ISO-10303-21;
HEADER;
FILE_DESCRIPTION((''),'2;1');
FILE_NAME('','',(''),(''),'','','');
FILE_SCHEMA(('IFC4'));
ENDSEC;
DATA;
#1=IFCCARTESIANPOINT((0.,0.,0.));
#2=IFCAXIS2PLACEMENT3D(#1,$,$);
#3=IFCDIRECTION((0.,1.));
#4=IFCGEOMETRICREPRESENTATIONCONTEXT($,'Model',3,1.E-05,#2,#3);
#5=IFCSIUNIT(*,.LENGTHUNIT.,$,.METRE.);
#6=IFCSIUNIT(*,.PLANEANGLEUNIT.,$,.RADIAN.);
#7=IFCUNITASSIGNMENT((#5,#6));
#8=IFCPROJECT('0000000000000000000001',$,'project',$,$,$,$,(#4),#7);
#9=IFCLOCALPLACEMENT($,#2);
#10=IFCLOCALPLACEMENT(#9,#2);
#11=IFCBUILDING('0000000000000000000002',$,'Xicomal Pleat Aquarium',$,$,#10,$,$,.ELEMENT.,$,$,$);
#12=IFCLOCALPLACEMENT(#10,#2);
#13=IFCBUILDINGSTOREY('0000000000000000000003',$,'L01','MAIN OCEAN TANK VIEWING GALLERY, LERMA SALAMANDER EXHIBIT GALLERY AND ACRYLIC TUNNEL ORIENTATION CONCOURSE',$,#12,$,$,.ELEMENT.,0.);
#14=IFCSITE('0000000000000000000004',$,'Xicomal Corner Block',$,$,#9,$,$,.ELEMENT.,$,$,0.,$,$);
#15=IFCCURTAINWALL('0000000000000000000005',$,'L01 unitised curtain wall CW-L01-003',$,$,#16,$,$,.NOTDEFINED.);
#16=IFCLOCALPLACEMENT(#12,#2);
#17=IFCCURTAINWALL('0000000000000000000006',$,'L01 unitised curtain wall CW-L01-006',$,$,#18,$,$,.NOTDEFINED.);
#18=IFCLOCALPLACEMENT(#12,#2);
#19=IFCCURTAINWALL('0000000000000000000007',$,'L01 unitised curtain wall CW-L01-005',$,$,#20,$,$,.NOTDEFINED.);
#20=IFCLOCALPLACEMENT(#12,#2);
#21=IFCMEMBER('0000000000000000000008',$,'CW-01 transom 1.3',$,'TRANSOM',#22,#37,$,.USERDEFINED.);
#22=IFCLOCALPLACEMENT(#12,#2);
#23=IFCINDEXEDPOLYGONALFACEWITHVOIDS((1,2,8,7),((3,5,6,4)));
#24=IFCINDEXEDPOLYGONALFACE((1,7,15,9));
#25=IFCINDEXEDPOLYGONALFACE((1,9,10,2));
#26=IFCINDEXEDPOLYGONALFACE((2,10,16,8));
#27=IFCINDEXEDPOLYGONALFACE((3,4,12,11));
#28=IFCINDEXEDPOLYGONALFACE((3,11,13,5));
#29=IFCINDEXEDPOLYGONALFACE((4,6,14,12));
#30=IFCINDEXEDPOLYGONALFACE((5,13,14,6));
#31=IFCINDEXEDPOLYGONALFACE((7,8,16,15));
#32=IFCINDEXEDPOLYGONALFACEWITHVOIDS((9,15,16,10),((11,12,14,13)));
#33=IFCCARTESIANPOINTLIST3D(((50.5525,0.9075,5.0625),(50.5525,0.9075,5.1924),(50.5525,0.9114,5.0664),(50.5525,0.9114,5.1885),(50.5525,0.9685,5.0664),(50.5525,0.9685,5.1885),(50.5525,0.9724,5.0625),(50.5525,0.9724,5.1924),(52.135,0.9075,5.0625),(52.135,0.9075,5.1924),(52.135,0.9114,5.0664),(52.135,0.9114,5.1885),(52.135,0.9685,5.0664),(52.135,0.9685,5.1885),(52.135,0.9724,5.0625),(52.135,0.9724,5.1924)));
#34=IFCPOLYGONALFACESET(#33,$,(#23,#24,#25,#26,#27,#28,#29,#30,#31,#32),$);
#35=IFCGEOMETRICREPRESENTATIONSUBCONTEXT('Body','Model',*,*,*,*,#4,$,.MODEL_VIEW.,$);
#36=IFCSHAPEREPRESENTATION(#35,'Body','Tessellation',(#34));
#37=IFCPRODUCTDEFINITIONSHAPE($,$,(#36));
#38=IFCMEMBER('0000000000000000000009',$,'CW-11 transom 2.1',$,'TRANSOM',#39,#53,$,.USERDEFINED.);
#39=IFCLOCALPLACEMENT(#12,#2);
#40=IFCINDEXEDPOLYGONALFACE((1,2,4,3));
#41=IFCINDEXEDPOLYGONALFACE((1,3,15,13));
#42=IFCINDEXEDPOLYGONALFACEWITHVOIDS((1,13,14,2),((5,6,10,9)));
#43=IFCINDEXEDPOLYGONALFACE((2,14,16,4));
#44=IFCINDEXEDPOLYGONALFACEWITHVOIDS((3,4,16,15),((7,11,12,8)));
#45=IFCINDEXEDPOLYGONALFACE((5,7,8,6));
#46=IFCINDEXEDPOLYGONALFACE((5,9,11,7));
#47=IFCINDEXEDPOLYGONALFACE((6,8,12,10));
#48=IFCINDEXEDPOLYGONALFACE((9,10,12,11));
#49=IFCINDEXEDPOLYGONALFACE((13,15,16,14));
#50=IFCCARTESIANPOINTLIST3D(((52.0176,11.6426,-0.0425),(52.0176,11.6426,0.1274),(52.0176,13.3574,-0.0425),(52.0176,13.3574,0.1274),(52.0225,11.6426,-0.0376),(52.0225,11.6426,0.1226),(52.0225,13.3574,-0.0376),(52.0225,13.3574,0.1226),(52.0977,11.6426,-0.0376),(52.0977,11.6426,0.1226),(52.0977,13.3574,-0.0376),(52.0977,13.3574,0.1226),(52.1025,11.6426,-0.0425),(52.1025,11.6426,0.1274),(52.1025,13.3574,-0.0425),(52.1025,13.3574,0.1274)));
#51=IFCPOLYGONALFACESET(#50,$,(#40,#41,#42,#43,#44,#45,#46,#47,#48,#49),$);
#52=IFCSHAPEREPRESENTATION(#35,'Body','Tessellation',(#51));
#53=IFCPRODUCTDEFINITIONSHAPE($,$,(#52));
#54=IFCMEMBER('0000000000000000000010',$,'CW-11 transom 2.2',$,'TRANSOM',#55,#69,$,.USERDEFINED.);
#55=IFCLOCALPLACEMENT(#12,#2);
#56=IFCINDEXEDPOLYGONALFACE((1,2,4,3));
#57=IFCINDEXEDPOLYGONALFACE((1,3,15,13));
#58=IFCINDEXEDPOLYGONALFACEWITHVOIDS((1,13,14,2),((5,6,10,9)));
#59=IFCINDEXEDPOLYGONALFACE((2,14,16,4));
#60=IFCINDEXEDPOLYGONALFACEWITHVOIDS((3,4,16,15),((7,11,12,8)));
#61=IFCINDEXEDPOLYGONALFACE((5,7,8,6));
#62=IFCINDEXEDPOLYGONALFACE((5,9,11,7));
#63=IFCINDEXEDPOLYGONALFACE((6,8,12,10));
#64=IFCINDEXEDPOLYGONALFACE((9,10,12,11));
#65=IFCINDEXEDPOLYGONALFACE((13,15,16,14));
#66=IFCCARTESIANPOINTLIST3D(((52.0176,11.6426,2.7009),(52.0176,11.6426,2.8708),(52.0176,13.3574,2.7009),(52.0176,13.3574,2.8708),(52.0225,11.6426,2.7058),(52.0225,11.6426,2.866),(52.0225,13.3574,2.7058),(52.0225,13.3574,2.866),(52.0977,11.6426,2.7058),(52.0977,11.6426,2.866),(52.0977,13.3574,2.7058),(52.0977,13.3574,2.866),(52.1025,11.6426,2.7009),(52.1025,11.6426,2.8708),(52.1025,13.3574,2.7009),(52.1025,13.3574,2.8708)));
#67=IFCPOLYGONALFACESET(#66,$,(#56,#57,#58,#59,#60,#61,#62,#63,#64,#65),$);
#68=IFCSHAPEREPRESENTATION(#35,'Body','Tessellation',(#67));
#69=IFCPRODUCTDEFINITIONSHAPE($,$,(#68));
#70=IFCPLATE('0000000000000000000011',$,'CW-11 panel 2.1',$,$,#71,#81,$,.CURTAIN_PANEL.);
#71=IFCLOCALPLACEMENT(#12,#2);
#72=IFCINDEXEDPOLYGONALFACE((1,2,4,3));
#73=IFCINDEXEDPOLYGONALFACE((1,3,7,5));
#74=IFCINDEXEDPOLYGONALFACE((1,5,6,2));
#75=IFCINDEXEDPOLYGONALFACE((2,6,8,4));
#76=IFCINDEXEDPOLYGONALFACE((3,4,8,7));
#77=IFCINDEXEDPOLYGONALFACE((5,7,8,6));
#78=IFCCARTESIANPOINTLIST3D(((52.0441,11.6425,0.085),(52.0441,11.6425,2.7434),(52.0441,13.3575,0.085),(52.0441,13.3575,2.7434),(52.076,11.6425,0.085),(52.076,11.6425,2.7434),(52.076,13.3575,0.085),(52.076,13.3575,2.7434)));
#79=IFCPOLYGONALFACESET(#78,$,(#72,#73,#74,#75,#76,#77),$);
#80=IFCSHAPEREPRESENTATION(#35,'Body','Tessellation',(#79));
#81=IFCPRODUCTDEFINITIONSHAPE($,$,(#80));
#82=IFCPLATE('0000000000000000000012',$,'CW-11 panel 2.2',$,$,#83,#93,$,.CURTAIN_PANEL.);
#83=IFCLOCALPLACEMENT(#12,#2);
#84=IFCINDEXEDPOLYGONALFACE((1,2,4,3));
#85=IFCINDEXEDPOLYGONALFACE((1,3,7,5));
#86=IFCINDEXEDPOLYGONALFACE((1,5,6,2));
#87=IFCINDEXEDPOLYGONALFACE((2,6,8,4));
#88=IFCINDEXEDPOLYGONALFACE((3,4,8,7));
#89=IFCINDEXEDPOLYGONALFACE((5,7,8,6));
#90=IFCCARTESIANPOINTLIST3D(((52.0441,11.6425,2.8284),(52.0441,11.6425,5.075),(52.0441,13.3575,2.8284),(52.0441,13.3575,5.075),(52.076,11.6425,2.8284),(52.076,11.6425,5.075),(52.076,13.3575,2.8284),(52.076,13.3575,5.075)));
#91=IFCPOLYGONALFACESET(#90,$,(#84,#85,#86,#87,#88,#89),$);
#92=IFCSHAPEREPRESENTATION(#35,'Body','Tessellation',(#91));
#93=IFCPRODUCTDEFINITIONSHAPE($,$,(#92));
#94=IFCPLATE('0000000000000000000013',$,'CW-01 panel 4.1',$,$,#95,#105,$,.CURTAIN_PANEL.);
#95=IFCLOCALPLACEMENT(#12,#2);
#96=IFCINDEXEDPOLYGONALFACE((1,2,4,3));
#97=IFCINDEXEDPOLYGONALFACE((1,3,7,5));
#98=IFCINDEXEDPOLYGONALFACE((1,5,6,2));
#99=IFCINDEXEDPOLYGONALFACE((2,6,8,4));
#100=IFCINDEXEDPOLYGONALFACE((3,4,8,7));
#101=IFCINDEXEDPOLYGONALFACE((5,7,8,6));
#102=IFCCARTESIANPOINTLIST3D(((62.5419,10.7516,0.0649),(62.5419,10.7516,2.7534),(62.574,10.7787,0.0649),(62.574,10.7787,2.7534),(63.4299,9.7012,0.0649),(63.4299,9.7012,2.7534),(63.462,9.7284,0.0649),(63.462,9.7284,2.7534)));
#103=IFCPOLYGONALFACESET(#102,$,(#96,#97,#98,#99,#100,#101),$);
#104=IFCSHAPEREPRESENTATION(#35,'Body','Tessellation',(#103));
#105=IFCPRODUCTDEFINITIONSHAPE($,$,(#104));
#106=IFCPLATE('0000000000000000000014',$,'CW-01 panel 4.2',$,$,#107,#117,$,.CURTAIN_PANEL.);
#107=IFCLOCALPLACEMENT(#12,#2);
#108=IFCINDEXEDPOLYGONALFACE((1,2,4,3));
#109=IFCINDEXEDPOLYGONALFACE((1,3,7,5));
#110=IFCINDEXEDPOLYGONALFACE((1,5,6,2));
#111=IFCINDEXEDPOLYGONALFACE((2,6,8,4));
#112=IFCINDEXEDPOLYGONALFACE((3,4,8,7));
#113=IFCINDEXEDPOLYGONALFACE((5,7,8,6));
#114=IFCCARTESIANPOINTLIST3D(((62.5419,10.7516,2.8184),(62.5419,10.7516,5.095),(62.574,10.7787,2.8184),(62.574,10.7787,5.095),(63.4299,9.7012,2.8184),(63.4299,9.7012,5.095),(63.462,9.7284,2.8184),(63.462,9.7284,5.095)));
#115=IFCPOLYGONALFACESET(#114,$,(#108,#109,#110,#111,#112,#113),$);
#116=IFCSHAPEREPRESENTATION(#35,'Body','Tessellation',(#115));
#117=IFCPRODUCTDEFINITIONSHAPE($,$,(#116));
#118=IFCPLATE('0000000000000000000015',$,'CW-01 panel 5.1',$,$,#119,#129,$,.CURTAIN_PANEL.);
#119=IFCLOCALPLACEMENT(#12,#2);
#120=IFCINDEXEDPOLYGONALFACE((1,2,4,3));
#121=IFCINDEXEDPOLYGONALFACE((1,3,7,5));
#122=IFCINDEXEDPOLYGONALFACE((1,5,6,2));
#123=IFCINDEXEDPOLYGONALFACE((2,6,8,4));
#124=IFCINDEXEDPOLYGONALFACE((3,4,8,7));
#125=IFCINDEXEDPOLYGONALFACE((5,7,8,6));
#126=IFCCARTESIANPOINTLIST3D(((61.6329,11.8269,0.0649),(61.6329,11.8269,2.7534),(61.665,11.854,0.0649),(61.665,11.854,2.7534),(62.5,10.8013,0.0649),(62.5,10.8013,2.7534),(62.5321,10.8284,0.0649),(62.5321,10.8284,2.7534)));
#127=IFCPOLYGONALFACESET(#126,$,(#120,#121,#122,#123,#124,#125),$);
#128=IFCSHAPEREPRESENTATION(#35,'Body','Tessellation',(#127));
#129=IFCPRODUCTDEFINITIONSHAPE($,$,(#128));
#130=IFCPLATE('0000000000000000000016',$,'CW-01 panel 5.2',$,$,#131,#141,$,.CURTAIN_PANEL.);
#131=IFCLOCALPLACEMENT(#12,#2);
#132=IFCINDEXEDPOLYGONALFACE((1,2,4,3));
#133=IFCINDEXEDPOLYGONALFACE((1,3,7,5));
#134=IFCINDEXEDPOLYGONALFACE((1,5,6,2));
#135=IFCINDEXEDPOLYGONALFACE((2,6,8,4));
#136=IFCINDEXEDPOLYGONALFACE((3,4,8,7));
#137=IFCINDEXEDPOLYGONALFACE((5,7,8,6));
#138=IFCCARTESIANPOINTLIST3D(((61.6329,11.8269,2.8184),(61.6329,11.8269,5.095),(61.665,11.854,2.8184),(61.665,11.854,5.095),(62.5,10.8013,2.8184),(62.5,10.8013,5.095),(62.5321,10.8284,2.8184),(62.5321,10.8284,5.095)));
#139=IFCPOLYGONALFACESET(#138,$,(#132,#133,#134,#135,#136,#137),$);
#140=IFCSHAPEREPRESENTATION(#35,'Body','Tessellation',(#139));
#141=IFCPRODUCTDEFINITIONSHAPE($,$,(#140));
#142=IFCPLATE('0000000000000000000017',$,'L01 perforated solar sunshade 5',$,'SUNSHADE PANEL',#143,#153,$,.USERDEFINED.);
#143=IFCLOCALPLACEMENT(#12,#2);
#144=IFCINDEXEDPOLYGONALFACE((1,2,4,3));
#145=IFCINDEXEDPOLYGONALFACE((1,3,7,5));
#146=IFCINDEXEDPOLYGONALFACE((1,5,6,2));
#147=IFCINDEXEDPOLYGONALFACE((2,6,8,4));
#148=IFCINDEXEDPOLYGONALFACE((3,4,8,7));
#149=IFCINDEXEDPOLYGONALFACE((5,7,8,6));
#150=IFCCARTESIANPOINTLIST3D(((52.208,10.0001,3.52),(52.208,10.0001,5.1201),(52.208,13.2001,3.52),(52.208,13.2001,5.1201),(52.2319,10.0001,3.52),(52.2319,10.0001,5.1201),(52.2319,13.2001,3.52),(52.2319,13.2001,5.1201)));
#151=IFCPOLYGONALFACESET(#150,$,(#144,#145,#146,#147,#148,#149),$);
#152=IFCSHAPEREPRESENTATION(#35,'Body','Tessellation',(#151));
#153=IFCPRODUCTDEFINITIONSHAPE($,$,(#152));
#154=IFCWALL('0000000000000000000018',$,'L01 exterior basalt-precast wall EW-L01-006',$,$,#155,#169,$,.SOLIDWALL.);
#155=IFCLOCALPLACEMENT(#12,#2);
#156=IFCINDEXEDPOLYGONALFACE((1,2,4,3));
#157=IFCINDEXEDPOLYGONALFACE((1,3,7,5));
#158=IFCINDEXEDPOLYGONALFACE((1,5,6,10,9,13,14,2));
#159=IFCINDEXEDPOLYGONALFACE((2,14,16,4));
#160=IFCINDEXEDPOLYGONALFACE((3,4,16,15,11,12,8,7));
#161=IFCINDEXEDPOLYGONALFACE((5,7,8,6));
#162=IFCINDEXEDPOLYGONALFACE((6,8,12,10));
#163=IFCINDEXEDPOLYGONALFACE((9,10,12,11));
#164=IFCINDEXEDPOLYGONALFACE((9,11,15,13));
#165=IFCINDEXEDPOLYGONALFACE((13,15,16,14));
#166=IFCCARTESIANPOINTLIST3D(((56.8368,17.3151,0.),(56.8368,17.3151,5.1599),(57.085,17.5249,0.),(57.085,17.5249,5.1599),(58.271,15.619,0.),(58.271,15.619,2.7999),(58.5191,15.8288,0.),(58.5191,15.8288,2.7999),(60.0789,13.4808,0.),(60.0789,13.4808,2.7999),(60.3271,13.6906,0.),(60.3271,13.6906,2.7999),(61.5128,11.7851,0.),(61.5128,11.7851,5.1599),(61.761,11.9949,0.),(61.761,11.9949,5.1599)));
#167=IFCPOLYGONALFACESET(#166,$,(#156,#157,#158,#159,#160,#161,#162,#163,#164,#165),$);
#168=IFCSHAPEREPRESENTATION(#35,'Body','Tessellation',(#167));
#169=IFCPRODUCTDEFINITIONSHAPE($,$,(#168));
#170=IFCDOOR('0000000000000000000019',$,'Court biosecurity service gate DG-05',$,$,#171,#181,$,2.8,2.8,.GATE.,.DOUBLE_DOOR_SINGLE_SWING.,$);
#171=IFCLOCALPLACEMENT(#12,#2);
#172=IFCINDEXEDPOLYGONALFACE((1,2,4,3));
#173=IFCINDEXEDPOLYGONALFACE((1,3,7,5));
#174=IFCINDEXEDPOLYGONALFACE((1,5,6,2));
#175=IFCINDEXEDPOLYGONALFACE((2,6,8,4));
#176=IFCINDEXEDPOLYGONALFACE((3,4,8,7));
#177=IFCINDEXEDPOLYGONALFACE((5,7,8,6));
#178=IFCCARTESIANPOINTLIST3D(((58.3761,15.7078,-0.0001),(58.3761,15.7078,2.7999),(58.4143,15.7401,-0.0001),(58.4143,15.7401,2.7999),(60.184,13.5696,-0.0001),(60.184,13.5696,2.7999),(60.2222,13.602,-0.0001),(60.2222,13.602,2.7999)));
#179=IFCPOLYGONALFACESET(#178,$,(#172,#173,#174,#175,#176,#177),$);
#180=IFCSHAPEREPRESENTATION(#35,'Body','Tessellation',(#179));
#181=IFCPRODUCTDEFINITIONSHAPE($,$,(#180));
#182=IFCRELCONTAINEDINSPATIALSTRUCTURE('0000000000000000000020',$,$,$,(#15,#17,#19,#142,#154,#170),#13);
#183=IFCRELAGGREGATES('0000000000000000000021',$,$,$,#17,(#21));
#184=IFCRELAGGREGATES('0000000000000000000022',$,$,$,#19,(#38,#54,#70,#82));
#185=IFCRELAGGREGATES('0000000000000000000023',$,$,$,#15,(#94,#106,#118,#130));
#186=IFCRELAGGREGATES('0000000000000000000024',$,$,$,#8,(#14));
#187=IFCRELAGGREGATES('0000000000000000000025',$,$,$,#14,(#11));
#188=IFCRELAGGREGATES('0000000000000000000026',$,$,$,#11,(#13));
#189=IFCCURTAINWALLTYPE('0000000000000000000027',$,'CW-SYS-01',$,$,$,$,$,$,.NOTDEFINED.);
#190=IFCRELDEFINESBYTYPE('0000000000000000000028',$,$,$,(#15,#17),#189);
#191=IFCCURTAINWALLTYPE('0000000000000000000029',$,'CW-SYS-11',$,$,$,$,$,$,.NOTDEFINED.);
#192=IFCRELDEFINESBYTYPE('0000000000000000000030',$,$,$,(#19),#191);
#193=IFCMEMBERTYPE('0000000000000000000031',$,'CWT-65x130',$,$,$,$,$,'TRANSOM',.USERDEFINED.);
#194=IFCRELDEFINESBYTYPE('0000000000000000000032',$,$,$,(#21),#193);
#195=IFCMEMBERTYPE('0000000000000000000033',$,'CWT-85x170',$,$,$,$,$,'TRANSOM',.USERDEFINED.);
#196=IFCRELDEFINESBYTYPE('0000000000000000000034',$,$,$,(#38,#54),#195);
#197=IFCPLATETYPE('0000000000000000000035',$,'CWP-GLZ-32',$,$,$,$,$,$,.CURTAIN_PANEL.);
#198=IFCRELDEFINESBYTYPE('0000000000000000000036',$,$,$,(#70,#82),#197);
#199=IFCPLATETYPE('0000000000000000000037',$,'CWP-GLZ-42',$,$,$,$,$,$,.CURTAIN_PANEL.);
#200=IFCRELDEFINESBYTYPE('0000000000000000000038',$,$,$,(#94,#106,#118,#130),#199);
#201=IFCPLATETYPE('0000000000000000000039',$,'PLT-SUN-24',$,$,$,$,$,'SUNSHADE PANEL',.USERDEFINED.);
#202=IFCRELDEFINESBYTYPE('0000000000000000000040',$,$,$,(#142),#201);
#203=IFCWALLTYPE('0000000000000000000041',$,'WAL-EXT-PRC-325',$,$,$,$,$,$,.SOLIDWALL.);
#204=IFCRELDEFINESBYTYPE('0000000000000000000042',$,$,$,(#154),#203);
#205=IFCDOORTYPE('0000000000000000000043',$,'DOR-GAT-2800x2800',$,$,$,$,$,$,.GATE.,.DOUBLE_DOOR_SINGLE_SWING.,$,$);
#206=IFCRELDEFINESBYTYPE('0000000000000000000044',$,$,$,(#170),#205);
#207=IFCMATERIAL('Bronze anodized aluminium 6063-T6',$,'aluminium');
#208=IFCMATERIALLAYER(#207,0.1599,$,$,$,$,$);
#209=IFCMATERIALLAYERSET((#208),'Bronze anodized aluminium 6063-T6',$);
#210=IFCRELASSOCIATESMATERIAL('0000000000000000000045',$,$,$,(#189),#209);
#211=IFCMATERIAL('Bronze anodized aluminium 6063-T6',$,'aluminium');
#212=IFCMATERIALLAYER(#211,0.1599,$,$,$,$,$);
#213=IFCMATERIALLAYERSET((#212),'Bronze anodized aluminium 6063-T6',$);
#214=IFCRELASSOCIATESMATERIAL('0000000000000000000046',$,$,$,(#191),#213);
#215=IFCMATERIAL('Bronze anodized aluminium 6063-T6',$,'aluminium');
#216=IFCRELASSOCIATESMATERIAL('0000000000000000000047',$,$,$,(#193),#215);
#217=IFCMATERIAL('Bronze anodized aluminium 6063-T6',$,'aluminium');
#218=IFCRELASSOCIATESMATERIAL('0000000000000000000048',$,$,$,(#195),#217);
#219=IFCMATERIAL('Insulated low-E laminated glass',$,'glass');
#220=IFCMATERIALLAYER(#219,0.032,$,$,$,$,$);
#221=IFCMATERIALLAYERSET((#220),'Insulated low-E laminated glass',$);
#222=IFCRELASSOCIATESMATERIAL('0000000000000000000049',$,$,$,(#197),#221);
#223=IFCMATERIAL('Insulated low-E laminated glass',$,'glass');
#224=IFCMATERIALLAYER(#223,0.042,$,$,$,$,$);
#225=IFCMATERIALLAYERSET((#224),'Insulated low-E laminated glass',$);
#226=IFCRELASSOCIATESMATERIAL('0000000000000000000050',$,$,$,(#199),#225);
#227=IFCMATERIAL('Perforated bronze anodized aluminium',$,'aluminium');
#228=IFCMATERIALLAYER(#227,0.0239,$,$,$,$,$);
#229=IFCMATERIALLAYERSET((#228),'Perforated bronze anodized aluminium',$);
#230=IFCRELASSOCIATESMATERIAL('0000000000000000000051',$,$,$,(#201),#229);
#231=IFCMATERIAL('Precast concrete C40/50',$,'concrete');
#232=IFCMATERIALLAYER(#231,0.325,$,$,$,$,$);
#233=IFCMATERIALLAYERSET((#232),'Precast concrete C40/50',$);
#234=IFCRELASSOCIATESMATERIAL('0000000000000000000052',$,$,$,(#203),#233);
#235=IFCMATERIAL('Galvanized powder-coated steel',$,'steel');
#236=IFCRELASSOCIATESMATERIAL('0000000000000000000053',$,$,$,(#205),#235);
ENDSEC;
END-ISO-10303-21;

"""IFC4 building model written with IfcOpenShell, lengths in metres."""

from ifc_helpers import new_model, si_unit, direction, frame, frame_2d, origin, origin_2d, place, context, subcontext, project, spatial, rectangle, hollow_rectangle, extrude, material, layer, layer_set, material_profile, profile_set, type_object, element, fill, aggregate, save


model = new_model("IFC4")

# Units and contexts
model_context = context("Model", 3, precision=1e-05, world=origin(), true_north=direction((0.0, 1.0)))
body_context = subcontext(model_context, "Body", "Model", "MODEL_VIEW")
ifc_project = project(units=[si_unit("LENGTHUNIT", "METRE"), si_unit("PLANEANGLEUNIT", "RADIAN")], contexts=[model_context])

# Site, building, storey
site_placement = place(None, origin())
site = spatial("IfcSite", under=ifc_project, at=site_placement, Name="Xicomal Corner Block", CompositionType="ELEMENT", RefElevation=0.0)
building_placement = place(site_placement, origin())
building = spatial("IfcBuilding", under=site, at=building_placement, Name="Xicomal Pleat Aquarium", CompositionType="ELEMENT")
storey_placement = place(building_placement, origin())
storey = spatial("IfcBuildingStorey", under=building, at=storey_placement, Name="L01", Description="MAIN OCEAN TANK VIEWING GALLERY, LERMA SALAMANDER EXHIBIT GALLERY AND ACRYLIC TUNNEL ORIENTATION CONCOURSE", CompositionType="ELEMENT", Elevation=0.0)

# Curtain wall
ifc_material_1 = material(Name="Bronze anodized aluminium 6063-T6", Category="aluminium")
ifc_layer_1 = layer(ifc_material_1, 0.1599)
ifc_layer_set_1 = layer_set([ifc_layer_1], Name="Bronze anodized aluminium 6063-T6")
curtain_wall_type_1 = type_object("IfcCurtainWallType", Name="CW-SYS-01", PredefinedType="NOTDEFINED", material=ifc_layer_set_1)
curtain_wall_1_placement = place(storey_placement, origin())
curtain_wall_1 = element("IfcCurtainWall", 1, at=curtain_wall_1_placement, inside=storey, type_object=curtain_wall_type_1, Name="L01 unitised curtain wall CW-L01-003", PredefinedType="NOTDEFINED")

# Curtain walls
curtain_wall_2_placement = place(storey_placement, origin())
curtain_wall_2 = element("IfcCurtainWall", 2, at=curtain_wall_2_placement, inside=storey, type_object=curtain_wall_type_1, Name="L01 unitised curtain wall CW-L01-006", PredefinedType="NOTDEFINED")
ifc_material_2 = material(Name="Bronze anodized aluminium 6063-T6", Category="aluminium")
ifc_layer_2 = layer(ifc_material_2, 0.1599)
ifc_layer_set_2 = layer_set([ifc_layer_2], Name="Bronze anodized aluminium 6063-T6")
curtain_wall_type_2 = type_object("IfcCurtainWallType", Name="CW-SYS-11", PredefinedType="NOTDEFINED", material=ifc_layer_set_2)
curtain_wall_3_placement = place(storey_placement, origin())
curtain_wall_3 = element("IfcCurtainWall", 3, at=curtain_wall_3_placement, inside=storey, type_object=curtain_wall_type_2, Name="L01 unitised curtain wall CW-L01-005", PredefinedType="NOTDEFINED")

# Members
ifc_material_3 = material(Name="Bronze anodized aluminium 6063-T6", Category="aluminium")
ifc_material_profile_1 = material_profile(ifc_material_3, hollow_rectangle(XDim=0.0649, YDim=0.1299, WallThickness=0.0039, at=origin_2d()), Name="ALU TRAN 65x130")
ifc_profile_set_1 = profile_set([ifc_material_profile_1], Name="Bronze anodized aluminium 6063-T6")
member_type_1 = type_object("IfcMemberType", Name="CWT-65x130", ElementType="TRANSOM", PredefinedType="USERDEFINED", material=ifc_profile_set_1)
member_1_placement = place(storey_placement, frame((52.135, 0.9399, 5.1274), z_axis=(-1.0, 0.0, 0.0), x_axis=(0.0, -1.0, 0.0)))
member_1 = element("IfcMember", 4, at=member_1_placement, type_object=member_type_1, Name="CW-01 transom 1.3", ObjectType="TRANSOM", PredefinedType="USERDEFINED", context=body_context, shape_type="SweptSolid", body=[
    extrude(hollow_rectangle(XDim=0.0649, YDim=0.1299, WallThickness=0.0039, at=origin_2d()), origin(), (0.0, 0.0, 1.0), 1.5825),
])
aggregate(curtain_wall_2, [member_1])
ifc_material_4 = material(Name="Bronze anodized aluminium 6063-T6", Category="aluminium")
ifc_material_profile_2 = material_profile(ifc_material_4, hollow_rectangle(XDim=0.085, YDim=0.1699, WallThickness=0.0049, at=origin_2d()), Name="ALU TRAN 85x170")
ifc_profile_set_2 = profile_set([ifc_material_profile_2], Name="Bronze anodized aluminium 6063-T6")
member_type_2 = type_object("IfcMemberType", Name="CWT-85x170", ElementType="TRANSOM", PredefinedType="USERDEFINED", material=ifc_profile_set_2)
member_2_placement = place(storey_placement, frame((52.0601, 13.3574, 0.0425), z_axis=(0.0, -1.0, 0.0), x_axis=(1.0, 0.0, 0.0)))
member_2 = element("IfcMember", 5, at=member_2_placement, type_object=member_type_2, Name="CW-11 transom 2.1", ObjectType="TRANSOM", PredefinedType="USERDEFINED", context=body_context, shape_type="SweptSolid", body=[
    extrude(hollow_rectangle(XDim=0.085, YDim=0.1699, WallThickness=0.0049, at=origin_2d()), origin(), (0.0, 0.0, 1.0), 1.7148),
])
member_3_placement = place(storey_placement, frame((52.0601, 13.3574, 2.7859), z_axis=(0.0, -1.0, 0.0), x_axis=(1.0, 0.0, 0.0)))
member_3 = element("IfcMember", 6, at=member_3_placement, type_object=member_type_2, Name="CW-11 transom 2.2", ObjectType="TRANSOM", PredefinedType="USERDEFINED", context=body_context, shape_type="SweptSolid", body=[
    extrude(hollow_rectangle(XDim=0.085, YDim=0.1699, WallThickness=0.0049, at=origin_2d()), origin(), (0.0, 0.0, 1.0), 1.7148),
])

# Plates
ifc_material_5 = material(Name="Insulated low-E laminated glass", Category="glass")
ifc_layer_3 = layer(ifc_material_5, 0.032)
ifc_layer_set_3 = layer_set([ifc_layer_3], Name="Insulated low-E laminated glass")
plate_type_1 = type_object("IfcPlateType", Name="CWP-GLZ-32", PredefinedType="CURTAIN_PANEL", material=ifc_layer_set_3)
plate_1_placement = place(storey_placement, frame((52.0601, 12.5, 0.085), z_axis=(0.0, 0.0, 1.0), x_axis=(0.0, -1.0, 0.0)))
plate_1 = element("IfcPlate", 7, at=plate_1_placement, type_object=plate_type_1, Name="CW-11 panel 2.1", PredefinedType="CURTAIN_PANEL", context=body_context, shape_type="SweptSolid", body=[
    extrude(rectangle(XDim=1.7151, YDim=0.032, at=origin_2d()), origin(), (0.0, 0.0, 1.0), 2.6584),
])
plate_2_placement = place(storey_placement, frame((52.0601, 12.5, 2.8284), z_axis=(0.0, 0.0, 1.0), x_axis=(0.0, -1.0, 0.0)))
plate_2 = element("IfcPlate", 8, at=plate_2_placement, type_object=plate_type_1, Name="CW-11 panel 2.2", PredefinedType="CURTAIN_PANEL", context=body_context, shape_type="SweptSolid", body=[
    extrude(rectangle(XDim=1.7151, YDim=0.032, at=origin_2d()), origin(), (0.0, 0.0, 1.0), 2.2466),
])
aggregate(curtain_wall_3, [member_2, member_3, plate_1, plate_2])
ifc_material_6 = material(Name="Insulated low-E laminated glass", Category="glass")
ifc_layer_4 = layer(ifc_material_6, 0.042)
ifc_layer_set_4 = layer_set([ifc_layer_4], Name="Insulated low-E laminated glass")
plate_type_2 = type_object("IfcPlateType", Name="CWP-GLZ-42", PredefinedType="CURTAIN_PANEL", material=ifc_layer_set_4)
plate_3_placement = place(storey_placement, frame((63.002, 10.24, 0.0649), z_axis=(0.0, 0.0, 1.0), x_axis=(-0.645631, 0.76365, 0.0)))
plate_3 = element("IfcPlate", 9, at=plate_3_placement, type_object=plate_type_2, Name="CW-01 panel 4.1", PredefinedType="CURTAIN_PANEL", context=body_context, shape_type="SweptSolid", body=[
    extrude(rectangle(XDim=1.3755, YDim=0.042, at=origin_2d()), origin(), (0.0, 0.0, 1.0), 2.6885),
])
plate_4_placement = place(storey_placement, frame((63.002, 10.24, 2.8184), z_axis=(0.0, 0.0, 1.0), x_axis=(-0.645631, 0.76365, 0.0)))
plate_4 = element("IfcPlate", 10, at=plate_4_placement, type_object=plate_type_2, Name="CW-01 panel 4.2", PredefinedType="CURTAIN_PANEL", context=body_context, shape_type="SweptSolid", body=[
    extrude(rectangle(XDim=1.3755, YDim=0.042, at=origin_2d()), origin(), (0.0, 0.0, 1.0), 2.2766),
])
plate_5_placement = place(storey_placement, frame((62.0825, 11.3276, 0.0649), z_axis=(0.0, 0.0, 1.0), x_axis=(-0.645631, 0.76365, 0.0)))
plate_5 = element("IfcPlate", 11, at=plate_5_placement, type_object=plate_type_2, Name="CW-01 panel 5.1", PredefinedType="CURTAIN_PANEL", context=body_context, shape_type="SweptSolid", body=[
    extrude(rectangle(XDim=1.343, YDim=0.042, at=origin_2d()), origin(), (0.0, 0.0, 1.0), 2.6885),
])
plate_6_placement = place(storey_placement, frame((62.0825, 11.3276, 2.8184), z_axis=(0.0, 0.0, 1.0), x_axis=(-0.645631, 0.76365, 0.0)))
plate_6 = element("IfcPlate", 12, at=plate_6_placement, type_object=plate_type_2, Name="CW-01 panel 5.2", PredefinedType="CURTAIN_PANEL", context=body_context, shape_type="SweptSolid", body=[
    extrude(rectangle(XDim=1.343, YDim=0.042, at=origin_2d()), origin(), (0.0, 0.0, 1.0), 2.2766),
])
aggregate(curtain_wall_1, [plate_3, plate_4, plate_5, plate_6])
ifc_material_7 = material(Name="Perforated bronze anodized aluminium", Category="aluminium")
ifc_layer_5 = layer(ifc_material_7, 0.0239)
ifc_layer_set_5 = layer_set([ifc_layer_5], Name="Perforated bronze anodized aluminium")
plate_type_3 = type_object("IfcPlateType", Name="PLT-SUN-24", ElementType="SUNSHADE PANEL", PredefinedType="USERDEFINED", material=ifc_layer_set_5)
plate_7_placement = place(storey_placement, frame((52.22, 11.6001, 3.52), z_axis=(0.0, 0.0, 1.0), x_axis=(0.0, -1.0, 0.0)))
element("IfcPlate", 13, at=plate_7_placement, inside=storey, type_object=plate_type_3, Name="L01 perforated solar sunshade 5", ObjectType="SUNSHADE PANEL", PredefinedType="USERDEFINED", context=body_context, shape_type="SweptSolid", body=[
    extrude(rectangle(XDim=3.2, YDim=0.0239, at=origin_2d()), origin(), (0.0, 0.0, 1.0), 1.6001),
])

# Wall, opening, door
ifc_material_8 = material(Name="Precast concrete C40/50", Category="concrete")
ifc_layer_6 = layer(ifc_material_8, 0.325)
ifc_layer_set_6 = layer_set([ifc_layer_6], Name="Precast concrete C40/50")
wall_type = type_object("IfcWallType", Name="WAL-EXT-PRC-325", PredefinedType="SOLIDWALL", material=ifc_layer_set_6)
wall_placement = place(storey_placement, frame((61.637, 11.8899, 0.0), z_axis=(0.0, 0.0, 1.0), x_axis=(-0.645682, 0.763606, 0.0)))
wall = element("IfcWall", 14, at=wall_placement, inside=storey, type_object=wall_type, Name="L01 exterior basalt-precast wall EW-L01-006", PredefinedType="SOLIDWALL", context=body_context, shape_type="SweptSolid", body=[
    extrude(rectangle(XDim=7.2419, YDim=0.325, at=frame_2d((3.6211, 0.0))), origin(), (0.0, 0.0, 1.0), 5.1599),
])
opening_placement = place(wall_placement, frame((2.2209, 0.0, 0.0)))
opening = element("IfcOpeningElement", 15, at=opening_placement, cuts=wall, PredefinedType="OPENING", context=body_context, shape_type="SweptSolid", body=[
    extrude(rectangle(XDim=2.8, YDim=2.8, at=frame_2d((1.3999, 1.3999))), frame((0.0, 0.1724, 0.0), z_axis=(0.0, -1.0, 0.0), x_axis=(1.0, 0.0, 0.0)), (0.0, 0.0, 1.0), 0.345),
])
ifc_material_9 = material(Name="Galvanized powder-coated steel", Category="steel")
door_type = type_object("IfcDoorType", Name="DOR-GAT-2800x2800", OperationType="DOUBLE_DOOR_SINGLE_SWING", PredefinedType="GATE", material=ifc_material_9)
door_placement = place(opening_placement, origin())
door = element("IfcDoor", 16, at=door_placement, inside=storey, type_object=door_type, Name="Court biosecurity service gate DG-05", OperationType="DOUBLE_DOOR_SINGLE_SWING", OverallHeight=2.8, OverallWidth=2.8, PredefinedType="GATE", context=body_context, shape_type="SweptSolid", body=[
    extrude(rectangle(XDim=2.8, YDim=2.8, at=frame_2d((1.3999, 1.3999))), frame((0.0, 0.0249, 0.0), z_axis=(0.0, -1.0, 0.0), x_axis=(1.0, 0.0, 0.0)), (0.0, 0.0, 1.0), 0.05),
])
fill(opening, door)

save(model, "model.ifc")
